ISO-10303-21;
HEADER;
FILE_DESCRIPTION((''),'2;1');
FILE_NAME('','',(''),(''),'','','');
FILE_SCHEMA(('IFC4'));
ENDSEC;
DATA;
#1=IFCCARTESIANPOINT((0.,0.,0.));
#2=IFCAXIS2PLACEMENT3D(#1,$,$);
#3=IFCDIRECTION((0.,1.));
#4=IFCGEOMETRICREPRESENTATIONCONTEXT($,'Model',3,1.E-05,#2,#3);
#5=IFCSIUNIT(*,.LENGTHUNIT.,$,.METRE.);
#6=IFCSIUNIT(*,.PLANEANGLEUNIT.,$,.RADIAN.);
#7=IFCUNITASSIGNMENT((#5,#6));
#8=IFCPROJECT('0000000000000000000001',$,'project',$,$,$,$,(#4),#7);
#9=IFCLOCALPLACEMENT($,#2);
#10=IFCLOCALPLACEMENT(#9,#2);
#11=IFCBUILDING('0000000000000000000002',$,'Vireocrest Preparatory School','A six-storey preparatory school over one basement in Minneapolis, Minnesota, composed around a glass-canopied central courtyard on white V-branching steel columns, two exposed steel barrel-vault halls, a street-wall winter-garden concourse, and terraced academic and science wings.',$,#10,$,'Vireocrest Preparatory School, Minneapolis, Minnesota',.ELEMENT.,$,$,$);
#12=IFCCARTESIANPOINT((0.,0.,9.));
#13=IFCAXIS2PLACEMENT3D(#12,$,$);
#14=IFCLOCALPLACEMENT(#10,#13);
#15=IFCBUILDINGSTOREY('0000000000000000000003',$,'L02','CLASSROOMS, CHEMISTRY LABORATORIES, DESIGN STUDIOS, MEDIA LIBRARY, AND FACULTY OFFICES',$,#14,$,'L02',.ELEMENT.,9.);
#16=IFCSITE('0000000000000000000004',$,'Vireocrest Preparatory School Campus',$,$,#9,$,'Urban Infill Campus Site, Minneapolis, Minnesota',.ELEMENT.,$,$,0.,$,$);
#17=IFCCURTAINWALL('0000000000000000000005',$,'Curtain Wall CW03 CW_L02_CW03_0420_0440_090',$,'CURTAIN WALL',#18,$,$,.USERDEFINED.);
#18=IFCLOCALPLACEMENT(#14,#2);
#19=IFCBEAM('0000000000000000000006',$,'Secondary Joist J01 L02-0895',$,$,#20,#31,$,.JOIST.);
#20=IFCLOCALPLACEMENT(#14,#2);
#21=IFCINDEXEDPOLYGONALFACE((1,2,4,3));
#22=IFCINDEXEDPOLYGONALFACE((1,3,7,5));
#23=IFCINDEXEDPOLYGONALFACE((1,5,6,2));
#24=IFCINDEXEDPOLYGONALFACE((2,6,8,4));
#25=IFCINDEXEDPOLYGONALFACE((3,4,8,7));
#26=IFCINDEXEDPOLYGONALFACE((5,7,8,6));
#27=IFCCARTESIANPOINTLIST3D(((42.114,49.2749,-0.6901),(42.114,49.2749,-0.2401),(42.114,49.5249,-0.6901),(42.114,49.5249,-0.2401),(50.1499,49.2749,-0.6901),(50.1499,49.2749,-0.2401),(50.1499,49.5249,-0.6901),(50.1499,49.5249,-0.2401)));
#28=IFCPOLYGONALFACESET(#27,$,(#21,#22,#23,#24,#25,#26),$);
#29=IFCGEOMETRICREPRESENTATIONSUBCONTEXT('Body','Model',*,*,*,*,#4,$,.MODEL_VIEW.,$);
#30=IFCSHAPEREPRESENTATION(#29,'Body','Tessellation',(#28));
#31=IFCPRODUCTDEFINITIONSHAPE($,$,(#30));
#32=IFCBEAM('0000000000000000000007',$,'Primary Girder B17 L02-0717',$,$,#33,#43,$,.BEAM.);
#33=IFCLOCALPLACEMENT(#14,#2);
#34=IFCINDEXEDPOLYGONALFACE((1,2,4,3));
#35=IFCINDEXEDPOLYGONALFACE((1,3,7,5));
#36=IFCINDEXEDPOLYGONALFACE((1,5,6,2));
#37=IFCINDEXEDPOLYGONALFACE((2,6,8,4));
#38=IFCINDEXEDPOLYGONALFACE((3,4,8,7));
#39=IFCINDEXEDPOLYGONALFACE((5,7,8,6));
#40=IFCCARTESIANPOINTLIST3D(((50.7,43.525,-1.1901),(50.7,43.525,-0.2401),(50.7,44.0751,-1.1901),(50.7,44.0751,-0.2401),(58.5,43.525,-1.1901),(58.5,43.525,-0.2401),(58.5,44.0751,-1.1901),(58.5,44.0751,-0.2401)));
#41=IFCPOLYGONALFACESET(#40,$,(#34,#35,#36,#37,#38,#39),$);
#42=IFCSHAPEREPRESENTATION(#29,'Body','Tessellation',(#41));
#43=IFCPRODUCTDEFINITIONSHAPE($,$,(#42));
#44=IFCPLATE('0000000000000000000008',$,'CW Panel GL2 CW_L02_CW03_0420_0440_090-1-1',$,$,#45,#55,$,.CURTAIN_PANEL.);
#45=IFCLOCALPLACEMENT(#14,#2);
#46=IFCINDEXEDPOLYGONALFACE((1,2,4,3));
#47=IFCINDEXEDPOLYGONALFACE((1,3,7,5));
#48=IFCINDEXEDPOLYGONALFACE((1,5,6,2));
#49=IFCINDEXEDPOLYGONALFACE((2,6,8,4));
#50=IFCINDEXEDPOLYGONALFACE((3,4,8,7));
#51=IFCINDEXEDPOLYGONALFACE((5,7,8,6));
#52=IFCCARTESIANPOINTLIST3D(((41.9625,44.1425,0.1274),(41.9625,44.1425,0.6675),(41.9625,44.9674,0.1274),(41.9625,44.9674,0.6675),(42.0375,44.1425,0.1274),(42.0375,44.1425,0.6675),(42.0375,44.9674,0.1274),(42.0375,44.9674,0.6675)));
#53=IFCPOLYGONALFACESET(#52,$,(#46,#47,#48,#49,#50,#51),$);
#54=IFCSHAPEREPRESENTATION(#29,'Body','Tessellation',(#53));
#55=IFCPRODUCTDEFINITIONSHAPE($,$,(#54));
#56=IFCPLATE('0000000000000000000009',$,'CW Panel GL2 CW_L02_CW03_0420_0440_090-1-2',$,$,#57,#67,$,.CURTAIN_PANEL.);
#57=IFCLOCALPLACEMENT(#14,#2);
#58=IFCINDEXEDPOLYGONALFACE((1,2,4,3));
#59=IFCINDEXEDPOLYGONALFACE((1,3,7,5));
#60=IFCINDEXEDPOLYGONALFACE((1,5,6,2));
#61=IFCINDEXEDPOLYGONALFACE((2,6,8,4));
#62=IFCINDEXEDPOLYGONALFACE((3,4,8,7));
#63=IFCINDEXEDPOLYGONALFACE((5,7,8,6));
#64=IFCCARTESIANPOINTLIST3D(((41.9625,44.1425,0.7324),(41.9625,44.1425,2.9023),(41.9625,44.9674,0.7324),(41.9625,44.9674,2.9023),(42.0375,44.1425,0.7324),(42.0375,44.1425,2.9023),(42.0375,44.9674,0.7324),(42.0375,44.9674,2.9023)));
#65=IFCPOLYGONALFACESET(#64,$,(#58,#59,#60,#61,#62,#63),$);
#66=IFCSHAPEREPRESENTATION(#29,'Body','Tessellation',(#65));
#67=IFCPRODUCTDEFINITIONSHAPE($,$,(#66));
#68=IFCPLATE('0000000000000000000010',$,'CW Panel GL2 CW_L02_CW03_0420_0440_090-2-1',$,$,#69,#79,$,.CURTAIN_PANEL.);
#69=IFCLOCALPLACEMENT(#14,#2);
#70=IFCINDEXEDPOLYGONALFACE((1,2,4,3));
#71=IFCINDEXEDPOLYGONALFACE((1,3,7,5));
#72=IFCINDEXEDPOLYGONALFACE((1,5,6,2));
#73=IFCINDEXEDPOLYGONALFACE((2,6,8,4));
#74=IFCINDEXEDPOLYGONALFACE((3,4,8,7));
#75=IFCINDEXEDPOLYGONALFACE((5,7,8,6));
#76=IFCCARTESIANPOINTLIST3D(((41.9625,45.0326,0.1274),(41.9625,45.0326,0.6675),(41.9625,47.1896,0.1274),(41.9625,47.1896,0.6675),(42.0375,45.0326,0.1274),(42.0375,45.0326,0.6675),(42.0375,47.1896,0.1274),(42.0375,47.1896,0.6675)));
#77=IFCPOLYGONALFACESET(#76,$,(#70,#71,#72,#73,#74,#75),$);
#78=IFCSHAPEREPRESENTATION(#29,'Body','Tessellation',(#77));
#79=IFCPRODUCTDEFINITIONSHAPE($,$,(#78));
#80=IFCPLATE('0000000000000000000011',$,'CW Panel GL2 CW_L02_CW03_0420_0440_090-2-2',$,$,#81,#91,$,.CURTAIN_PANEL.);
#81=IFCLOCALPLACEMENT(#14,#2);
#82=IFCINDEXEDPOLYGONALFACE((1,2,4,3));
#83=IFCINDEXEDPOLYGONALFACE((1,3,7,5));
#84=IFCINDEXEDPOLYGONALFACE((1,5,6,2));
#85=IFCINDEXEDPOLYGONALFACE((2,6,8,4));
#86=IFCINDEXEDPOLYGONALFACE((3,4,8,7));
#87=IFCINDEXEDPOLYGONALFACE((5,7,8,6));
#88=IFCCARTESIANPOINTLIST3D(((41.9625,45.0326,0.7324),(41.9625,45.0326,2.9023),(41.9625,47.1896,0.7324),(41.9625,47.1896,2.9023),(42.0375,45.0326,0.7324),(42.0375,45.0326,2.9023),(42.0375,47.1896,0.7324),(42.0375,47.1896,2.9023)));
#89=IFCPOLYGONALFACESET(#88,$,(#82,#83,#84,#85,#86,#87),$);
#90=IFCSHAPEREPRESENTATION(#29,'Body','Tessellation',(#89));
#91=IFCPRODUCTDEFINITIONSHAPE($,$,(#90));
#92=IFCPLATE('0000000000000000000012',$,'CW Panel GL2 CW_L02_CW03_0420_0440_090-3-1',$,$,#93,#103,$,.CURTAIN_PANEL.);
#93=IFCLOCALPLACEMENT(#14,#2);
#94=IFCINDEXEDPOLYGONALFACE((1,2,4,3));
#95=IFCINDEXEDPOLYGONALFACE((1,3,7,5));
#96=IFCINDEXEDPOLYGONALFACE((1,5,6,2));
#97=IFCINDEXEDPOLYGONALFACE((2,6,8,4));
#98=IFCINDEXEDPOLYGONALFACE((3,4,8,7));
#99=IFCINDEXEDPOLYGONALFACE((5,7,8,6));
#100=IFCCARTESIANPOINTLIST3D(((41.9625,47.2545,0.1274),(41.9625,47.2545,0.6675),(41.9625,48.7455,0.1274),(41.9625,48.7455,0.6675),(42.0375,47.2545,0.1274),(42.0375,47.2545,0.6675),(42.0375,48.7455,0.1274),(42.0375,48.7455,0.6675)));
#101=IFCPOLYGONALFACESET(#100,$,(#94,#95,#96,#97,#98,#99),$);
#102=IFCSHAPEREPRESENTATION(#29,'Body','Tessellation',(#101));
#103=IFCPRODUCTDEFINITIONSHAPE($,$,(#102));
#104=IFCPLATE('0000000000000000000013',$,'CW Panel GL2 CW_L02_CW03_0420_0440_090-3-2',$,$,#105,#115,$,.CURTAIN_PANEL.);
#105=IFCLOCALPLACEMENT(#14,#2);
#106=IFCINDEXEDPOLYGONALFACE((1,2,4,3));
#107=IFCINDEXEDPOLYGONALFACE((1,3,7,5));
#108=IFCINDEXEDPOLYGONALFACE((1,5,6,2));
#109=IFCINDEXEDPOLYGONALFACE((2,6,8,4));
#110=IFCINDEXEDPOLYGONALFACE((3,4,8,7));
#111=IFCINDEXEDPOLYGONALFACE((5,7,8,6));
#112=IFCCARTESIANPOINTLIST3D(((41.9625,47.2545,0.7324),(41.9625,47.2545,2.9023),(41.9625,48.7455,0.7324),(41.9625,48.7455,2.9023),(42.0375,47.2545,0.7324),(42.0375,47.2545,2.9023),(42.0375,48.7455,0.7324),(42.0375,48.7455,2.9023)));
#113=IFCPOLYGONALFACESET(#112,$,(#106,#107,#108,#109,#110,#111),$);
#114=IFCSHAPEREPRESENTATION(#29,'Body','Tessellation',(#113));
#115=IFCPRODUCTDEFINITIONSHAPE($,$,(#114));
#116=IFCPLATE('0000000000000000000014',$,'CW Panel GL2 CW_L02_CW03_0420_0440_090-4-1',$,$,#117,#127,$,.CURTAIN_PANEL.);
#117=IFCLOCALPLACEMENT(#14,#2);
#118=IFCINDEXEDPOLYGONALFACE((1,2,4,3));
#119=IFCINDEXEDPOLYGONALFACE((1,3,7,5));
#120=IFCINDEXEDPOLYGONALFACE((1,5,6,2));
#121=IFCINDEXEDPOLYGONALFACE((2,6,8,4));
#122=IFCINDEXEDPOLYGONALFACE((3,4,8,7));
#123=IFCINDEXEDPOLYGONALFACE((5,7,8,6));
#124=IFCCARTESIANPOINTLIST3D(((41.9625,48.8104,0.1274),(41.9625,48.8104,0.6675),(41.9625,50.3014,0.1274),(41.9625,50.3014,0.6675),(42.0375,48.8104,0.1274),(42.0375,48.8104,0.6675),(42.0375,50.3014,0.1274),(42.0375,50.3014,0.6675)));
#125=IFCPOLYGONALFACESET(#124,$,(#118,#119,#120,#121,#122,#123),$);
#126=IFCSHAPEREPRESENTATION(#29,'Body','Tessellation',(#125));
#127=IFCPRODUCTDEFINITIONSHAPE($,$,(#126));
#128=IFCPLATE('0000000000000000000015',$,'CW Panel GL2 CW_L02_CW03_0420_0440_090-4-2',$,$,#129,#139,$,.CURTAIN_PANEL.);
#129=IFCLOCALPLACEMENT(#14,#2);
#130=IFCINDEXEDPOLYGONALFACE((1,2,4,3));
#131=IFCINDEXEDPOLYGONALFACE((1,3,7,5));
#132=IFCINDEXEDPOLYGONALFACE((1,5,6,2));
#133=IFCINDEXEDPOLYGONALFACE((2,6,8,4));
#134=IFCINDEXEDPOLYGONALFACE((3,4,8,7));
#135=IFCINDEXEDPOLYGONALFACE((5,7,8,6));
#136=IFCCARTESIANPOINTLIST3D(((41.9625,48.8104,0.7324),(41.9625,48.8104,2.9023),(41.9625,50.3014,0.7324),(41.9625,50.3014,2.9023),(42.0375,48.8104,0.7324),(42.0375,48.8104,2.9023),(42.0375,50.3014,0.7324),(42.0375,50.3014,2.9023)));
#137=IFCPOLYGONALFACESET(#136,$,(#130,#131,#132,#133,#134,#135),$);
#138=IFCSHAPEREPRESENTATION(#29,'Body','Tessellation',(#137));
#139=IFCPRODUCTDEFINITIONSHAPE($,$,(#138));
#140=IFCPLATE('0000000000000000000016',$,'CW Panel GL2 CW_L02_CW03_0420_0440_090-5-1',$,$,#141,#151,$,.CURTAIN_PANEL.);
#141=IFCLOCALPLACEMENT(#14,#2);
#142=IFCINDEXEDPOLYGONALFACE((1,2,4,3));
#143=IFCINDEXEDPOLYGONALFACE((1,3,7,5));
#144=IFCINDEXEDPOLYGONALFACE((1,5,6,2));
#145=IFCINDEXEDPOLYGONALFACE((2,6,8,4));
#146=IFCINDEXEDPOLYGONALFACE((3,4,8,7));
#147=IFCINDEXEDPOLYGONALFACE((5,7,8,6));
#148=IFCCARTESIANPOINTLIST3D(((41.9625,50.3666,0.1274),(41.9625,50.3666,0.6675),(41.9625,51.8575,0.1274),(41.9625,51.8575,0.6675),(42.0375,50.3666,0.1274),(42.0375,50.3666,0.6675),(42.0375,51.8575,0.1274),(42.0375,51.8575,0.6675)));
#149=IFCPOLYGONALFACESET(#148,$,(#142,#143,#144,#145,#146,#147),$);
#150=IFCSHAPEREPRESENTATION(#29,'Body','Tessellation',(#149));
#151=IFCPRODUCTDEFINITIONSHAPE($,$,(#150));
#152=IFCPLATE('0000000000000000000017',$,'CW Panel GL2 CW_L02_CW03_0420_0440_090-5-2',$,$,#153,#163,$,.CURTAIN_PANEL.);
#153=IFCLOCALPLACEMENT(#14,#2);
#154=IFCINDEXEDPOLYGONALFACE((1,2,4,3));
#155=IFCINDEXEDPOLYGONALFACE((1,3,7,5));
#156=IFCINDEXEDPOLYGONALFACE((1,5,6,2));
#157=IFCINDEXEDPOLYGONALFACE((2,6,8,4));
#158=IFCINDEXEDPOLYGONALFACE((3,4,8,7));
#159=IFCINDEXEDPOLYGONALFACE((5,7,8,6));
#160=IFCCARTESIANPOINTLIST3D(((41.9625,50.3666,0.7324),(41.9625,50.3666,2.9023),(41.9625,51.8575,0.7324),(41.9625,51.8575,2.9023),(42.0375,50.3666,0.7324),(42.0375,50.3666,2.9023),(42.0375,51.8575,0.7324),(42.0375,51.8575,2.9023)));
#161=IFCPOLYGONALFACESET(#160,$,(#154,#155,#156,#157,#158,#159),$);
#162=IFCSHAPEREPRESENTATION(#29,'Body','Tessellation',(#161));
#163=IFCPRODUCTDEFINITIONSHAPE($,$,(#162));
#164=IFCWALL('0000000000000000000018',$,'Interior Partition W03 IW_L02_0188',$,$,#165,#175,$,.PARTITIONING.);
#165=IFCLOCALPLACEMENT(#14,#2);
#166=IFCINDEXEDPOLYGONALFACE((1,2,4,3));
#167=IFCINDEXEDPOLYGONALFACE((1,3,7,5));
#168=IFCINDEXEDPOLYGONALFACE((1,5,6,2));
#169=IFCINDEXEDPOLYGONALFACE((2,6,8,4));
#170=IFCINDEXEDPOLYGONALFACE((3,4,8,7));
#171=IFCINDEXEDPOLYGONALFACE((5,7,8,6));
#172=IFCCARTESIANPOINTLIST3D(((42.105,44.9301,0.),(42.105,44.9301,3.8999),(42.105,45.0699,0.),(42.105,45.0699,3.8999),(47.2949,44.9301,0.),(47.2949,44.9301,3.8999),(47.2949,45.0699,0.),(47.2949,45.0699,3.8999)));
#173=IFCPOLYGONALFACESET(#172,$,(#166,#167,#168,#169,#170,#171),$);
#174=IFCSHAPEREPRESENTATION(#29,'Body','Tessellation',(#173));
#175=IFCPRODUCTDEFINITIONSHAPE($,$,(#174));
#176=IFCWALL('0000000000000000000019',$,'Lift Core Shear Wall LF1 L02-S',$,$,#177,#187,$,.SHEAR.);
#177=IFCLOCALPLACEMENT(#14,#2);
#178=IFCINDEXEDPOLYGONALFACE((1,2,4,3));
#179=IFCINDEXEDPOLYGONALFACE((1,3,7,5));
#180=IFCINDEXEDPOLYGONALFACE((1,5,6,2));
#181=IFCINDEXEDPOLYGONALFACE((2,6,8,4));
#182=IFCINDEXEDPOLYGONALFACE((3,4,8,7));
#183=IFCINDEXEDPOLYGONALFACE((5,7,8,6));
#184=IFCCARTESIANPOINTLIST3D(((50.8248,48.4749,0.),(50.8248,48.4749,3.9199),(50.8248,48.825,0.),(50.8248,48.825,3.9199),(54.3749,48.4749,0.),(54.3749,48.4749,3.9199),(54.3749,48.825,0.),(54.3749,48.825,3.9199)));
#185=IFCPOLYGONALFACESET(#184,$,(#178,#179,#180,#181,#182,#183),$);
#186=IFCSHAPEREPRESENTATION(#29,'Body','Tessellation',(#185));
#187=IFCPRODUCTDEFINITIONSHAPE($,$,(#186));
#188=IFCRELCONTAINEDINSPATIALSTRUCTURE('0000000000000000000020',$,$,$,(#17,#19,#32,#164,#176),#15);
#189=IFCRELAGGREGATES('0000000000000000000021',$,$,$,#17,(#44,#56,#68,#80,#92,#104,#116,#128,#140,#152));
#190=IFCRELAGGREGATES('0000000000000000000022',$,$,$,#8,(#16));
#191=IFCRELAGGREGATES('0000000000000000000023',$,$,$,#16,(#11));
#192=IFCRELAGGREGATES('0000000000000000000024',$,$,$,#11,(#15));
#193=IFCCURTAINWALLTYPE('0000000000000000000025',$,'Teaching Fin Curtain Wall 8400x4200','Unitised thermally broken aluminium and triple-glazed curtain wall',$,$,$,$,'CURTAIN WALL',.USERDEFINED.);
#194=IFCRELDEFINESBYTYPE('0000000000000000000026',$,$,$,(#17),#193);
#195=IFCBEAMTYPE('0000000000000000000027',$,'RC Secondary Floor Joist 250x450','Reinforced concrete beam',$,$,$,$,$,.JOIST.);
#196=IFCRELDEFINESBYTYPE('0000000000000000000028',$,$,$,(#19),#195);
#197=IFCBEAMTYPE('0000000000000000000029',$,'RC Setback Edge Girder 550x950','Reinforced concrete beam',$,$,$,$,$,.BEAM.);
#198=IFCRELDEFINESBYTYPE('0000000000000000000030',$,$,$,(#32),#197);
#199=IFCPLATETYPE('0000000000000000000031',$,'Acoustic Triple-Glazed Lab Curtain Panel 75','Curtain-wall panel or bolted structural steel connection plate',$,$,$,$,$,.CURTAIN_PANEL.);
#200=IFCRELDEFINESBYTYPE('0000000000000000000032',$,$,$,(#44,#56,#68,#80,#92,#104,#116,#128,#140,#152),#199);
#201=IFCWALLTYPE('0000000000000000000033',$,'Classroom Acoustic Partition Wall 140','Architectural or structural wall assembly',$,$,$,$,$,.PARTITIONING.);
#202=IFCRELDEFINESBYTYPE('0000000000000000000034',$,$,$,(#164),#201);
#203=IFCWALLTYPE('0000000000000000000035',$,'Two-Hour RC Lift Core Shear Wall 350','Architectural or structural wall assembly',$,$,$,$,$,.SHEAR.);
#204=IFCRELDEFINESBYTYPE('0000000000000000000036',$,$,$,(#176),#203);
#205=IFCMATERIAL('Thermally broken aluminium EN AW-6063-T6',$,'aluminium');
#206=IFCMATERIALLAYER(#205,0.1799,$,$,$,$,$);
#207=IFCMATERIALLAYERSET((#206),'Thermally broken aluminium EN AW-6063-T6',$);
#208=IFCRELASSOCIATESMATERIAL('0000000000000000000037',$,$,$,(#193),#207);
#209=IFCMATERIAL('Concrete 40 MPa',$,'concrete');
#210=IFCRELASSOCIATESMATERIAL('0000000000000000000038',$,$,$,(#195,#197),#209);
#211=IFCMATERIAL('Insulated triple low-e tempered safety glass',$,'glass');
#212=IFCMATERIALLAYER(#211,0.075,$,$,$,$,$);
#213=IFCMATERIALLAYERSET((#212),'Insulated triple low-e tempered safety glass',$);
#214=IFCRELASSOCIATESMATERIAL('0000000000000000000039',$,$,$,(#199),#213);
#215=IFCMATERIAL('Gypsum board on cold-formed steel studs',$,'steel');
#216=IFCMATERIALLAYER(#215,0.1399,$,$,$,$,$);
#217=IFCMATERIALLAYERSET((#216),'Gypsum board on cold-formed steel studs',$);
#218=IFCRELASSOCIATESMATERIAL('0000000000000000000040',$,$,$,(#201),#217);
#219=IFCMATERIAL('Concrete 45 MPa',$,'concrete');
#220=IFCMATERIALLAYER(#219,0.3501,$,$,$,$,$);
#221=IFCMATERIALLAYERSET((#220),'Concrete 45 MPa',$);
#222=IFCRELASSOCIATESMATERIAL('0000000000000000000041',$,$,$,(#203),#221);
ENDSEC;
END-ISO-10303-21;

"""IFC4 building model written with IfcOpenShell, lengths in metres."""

from ifc_helpers import new_model, si_unit, direction, frame, frame_2d, origin, origin_2d, place, context, subcontext, project, spatial, rectangle, extrude, material, layer, layer_set, material_profile, profile_set, type_object, element, aggregate, save


model = new_model("IFC4")

# Units and contexts
model_context = context("Model", 3, precision=1e-05, world=origin(), true_north=direction((0.0, 1.0)))
body_context = subcontext(model_context, "Body", "Model", "MODEL_VIEW")
ifc_project = project(units=[si_unit("LENGTHUNIT", "METRE"), si_unit("PLANEANGLEUNIT", "RADIAN")], contexts=[model_context])

# Site, building, storey
site_placement = place(None, origin())
site = spatial("IfcSite", under=ifc_project, at=site_placement, Name="Vireocrest Preparatory School Campus", LongName="Urban Infill Campus Site, Minneapolis, Minnesota", CompositionType="ELEMENT", RefElevation=0.0)
building_placement = place(site_placement, origin())
building = spatial("IfcBuilding", under=site, at=building_placement, Name="Vireocrest Preparatory School", Description="A six-storey preparatory school over one basement in Minneapolis, Minnesota, composed around a glass-canopied central courtyard on white V-branching steel columns, two exposed steel barrel-vault halls, a street-wall winter-garden concourse, and terraced academic and science wings.", LongName="Vireocrest Preparatory School, Minneapolis, Minnesota", CompositionType="ELEMENT")
storey_placement = place(building_placement, frame((0.0, 0.0, 9.0)))
storey = spatial("IfcBuildingStorey", under=building, at=storey_placement, Name="L02", Description="CLASSROOMS, CHEMISTRY LABORATORIES, DESIGN STUDIOS, MEDIA LIBRARY, AND FACULTY OFFICES", LongName="L02", CompositionType="ELEMENT", Elevation=9.0)

# Shared definitions
ifc_material_1 = material(Name="Concrete 45 MPa", Category="concrete")

# Curtain wall
ifc_material_2 = material(Name="Thermally broken aluminium EN AW-6063-T6", Category="aluminium")
ifc_layer_1 = layer(ifc_material_2, 0.1799)
ifc_layer_set_1 = layer_set([ifc_layer_1], Name="Thermally broken aluminium EN AW-6063-T6")
curtain_wall_type = type_object("IfcCurtainWallType", Name="Teaching Fin Curtain Wall 8400x4200", Description="Unitised thermally broken aluminium and triple-glazed curtain wall", ElementType="CURTAIN WALL", PredefinedType="USERDEFINED", material=ifc_layer_set_1)
curtain_wall_placement = place(storey_placement, origin())
curtain_wall = element("IfcCurtainWall", 1, at=curtain_wall_placement, inside=storey, type_object=curtain_wall_type, Name="Curtain Wall CW03 CW_L02_CW03_0420_0440_090", ObjectType="CURTAIN WALL", PredefinedType="USERDEFINED")

# Beams
ifc_material_3 = material(Name="Concrete 40 MPa", Category="concrete")
ifc_material_profile_1 = material_profile(ifc_material_3, rectangle(XDim=0.25, YDim=0.45, at=origin_2d()), Name="RC 250x450")
ifc_profile_set_1 = profile_set([ifc_material_profile_1], Name="Concrete 40 MPa")
beam_type_1 = type_object("IfcBeamType", Name="RC Secondary Floor Joist 250x450", Description="Reinforced concrete beam", PredefinedType="JOIST", material=ifc_profile_set_1)
for number, where, z_axis, x_axis, name in (
    (2, (42.114, 49.3999, -0.4651), (1.0, 0.0, 0.0), (0.0, 1.0, 0.0), "Secondary Joist J01 L02-0895"),
):
    element("IfcBeam", number, at=place(storey_placement, frame(where, z_axis=z_axis, x_axis=x_axis)), inside=storey, type_object=beam_type_1, Name=name, PredefinedType="JOIST", context=body_context, shape_type="SweptSolid", body=[
        extrude(rectangle(XDim=0.25, YDim=0.45, at=origin_2d()), origin(), (0.0, 0.0, 1.0), 8.0359),
    ])
ifc_material_profile_2 = material_profile(ifc_material_3, rectangle(XDim=0.55, YDim=0.95, at=origin_2d()), Name="RC 550x950")
ifc_profile_set_2 = profile_set([ifc_material_profile_2], Name="Concrete 40 MPa")
beam_type_2 = type_object("IfcBeamType", Name="RC Setback Edge Girder 550x950", Description="Reinforced concrete beam", PredefinedType="BEAM", material=ifc_profile_set_2)
beam_1_placement = place(storey_placement, frame((50.7, 43.8, -0.7151), z_axis=(1.0, 0.0, 0.0), x_axis=(0.0, 1.0, 0.0)))
element("IfcBeam", 3, at=beam_1_placement, inside=storey, type_object=beam_type_2, Name="Primary Girder B17 L02-0717", PredefinedType="BEAM", context=body_context, shape_type="SweptSolid", body=[
    extrude(rectangle(XDim=0.55, YDim=0.95, at=origin_2d()), origin(), (0.0, 0.0, 1.0), 7.8),
])

# Plates
ifc_material_4 = material(Name="Insulated triple low-e tempered safety glass", Category="glass")
ifc_layer_2 = layer(ifc_material_4, 0.075)
ifc_layer_set_2 = layer_set([ifc_layer_2], Name="Insulated triple low-e tempered safety glass")
plate_type = type_object("IfcPlateType", Name="Acoustic Triple-Glazed Lab Curtain Panel 75", Description="Curtain-wall panel or bolted structural steel connection plate", PredefinedType="CURTAIN_PANEL", material=ifc_layer_set_2)
plate_1_placement = place(storey_placement, frame((42.0, 44.5549, 0.1274), z_axis=(0.0, 0.0, 1.0), x_axis=(0.0, 1.0, 0.0)))
plate_1 = element("IfcPlate", 4, at=plate_1_placement, type_object=plate_type, Name="CW Panel GL2 CW_L02_CW03_0420_0440_090-1-1", PredefinedType="CURTAIN_PANEL", context=body_context, shape_type="SweptSolid", body=[
    extrude(rectangle(XDim=0.825, YDim=0.075, at=origin_2d()), origin(), (0.0, 0.0, 1.0), 0.54),
])
plate_2_placement = place(storey_placement, frame((42.0, 44.5549, 0.7324), z_axis=(0.0, 0.0, 1.0), x_axis=(0.0, 1.0, 0.0)))
plate_2 = element("IfcPlate", 5, at=plate_2_placement, type_object=plate_type, Name="CW Panel GL2 CW_L02_CW03_0420_0440_090-1-2", PredefinedType="CURTAIN_PANEL", context=body_context, shape_type="SweptSolid", body=[
    extrude(rectangle(XDim=0.825, YDim=0.075, at=origin_2d()), origin(), (0.0, 0.0, 1.0), 2.1699),
])
plate_3_placement = place(storey_placement, frame((42.0, 46.1111, 0.1274), z_axis=(0.0, 0.0, 1.0), x_axis=(0.0, 1.0, 0.0)))
plate_3 = element("IfcPlate", 6, at=plate_3_placement, type_object=plate_type, Name="CW Panel GL2 CW_L02_CW03_0420_0440_090-2-1", PredefinedType="CURTAIN_PANEL", context=body_context, shape_type="SweptSolid", body=[
    extrude(rectangle(XDim=2.157, YDim=0.075, at=origin_2d()), origin(), (0.0, 0.0, 1.0), 0.54),
])
plate_4_placement = place(storey_placement, frame((42.0, 46.1111, 0.7324), z_axis=(0.0, 0.0, 1.0), x_axis=(0.0, 1.0, 0.0)))
plate_4 = element("IfcPlate", 7, at=plate_4_placement, type_object=plate_type, Name="CW Panel GL2 CW_L02_CW03_0420_0440_090-2-2", PredefinedType="CURTAIN_PANEL", context=body_context, shape_type="SweptSolid", body=[
    extrude(rectangle(XDim=2.157, YDim=0.075, at=origin_2d()), origin(), (0.0, 0.0, 1.0), 2.1699),
])
plate_5_placement = place(storey_placement, frame((42.0, 48.0, 0.1274), z_axis=(0.0, 0.0, 1.0), x_axis=(0.0, 1.0, 0.0)))
plate_5 = element("IfcPlate", 8, at=plate_5_placement, type_object=plate_type, Name="CW Panel GL2 CW_L02_CW03_0420_0440_090-3-1", PredefinedType="CURTAIN_PANEL", context=body_context, shape_type="SweptSolid", body=[
    extrude(rectangle(XDim=1.491, YDim=0.075, at=origin_2d()), origin(), (0.0, 0.0, 1.0), 0.54),
])
plate_6_placement = place(storey_placement, frame((42.0, 48.0, 0.7324), z_axis=(0.0, 0.0, 1.0), x_axis=(0.0, 1.0, 0.0)))
plate_6 = element("IfcPlate", 9, at=plate_6_placement, type_object=plate_type, Name="CW Panel GL2 CW_L02_CW03_0420_0440_090-3-2", PredefinedType="CURTAIN_PANEL", context=body_context, shape_type="SweptSolid", body=[
    extrude(rectangle(XDim=1.491, YDim=0.075, at=origin_2d()), origin(), (0.0, 0.0, 1.0), 2.1699),
])
plate_7_placement = place(storey_placement, frame((42.0, 49.5559, 0.1274), z_axis=(0.0, 0.0, 1.0), x_axis=(0.0, 1.0, 0.0)))
plate_7 = element("IfcPlate", 10, at=plate_7_placement, type_object=plate_type, Name="CW Panel GL2 CW_L02_CW03_0420_0440_090-4-1", PredefinedType="CURTAIN_PANEL", context=body_context, shape_type="SweptSolid", body=[
    extrude(rectangle(XDim=1.491, YDim=0.075, at=origin_2d()), origin(), (0.0, 0.0, 1.0), 0.54),
])
plate_8_placement = place(storey_placement, frame((42.0, 49.5559, 0.7324), z_axis=(0.0, 0.0, 1.0), x_axis=(0.0, 1.0, 0.0)))
plate_8 = element("IfcPlate", 11, at=plate_8_placement, type_object=plate_type, Name="CW Panel GL2 CW_L02_CW03_0420_0440_090-4-2", PredefinedType="CURTAIN_PANEL", context=body_context, shape_type="SweptSolid", body=[
    extrude(rectangle(XDim=1.491, YDim=0.075, at=origin_2d()), origin(), (0.0, 0.0, 1.0), 2.1699),
])
plate_9_placement = place(storey_placement, frame((42.0, 51.1121, 0.1274), z_axis=(0.0, 0.0, 1.0), x_axis=(0.0, 1.0, 0.0)))
plate_9 = element("IfcPlate", 12, at=plate_9_placement, type_object=plate_type, Name="CW Panel GL2 CW_L02_CW03_0420_0440_090-5-1", PredefinedType="CURTAIN_PANEL", context=body_context, shape_type="SweptSolid", body=[
    extrude(rectangle(XDim=1.491, YDim=0.075, at=origin_2d()), origin(), (0.0, 0.0, 1.0), 0.54),
])
plate_10_placement = place(storey_placement, frame((42.0, 51.1121, 0.7324), z_axis=(0.0, 0.0, 1.0), x_axis=(0.0, 1.0, 0.0)))
plate_10 = element("IfcPlate", 13, at=plate_10_placement, type_object=plate_type, Name="CW Panel GL2 CW_L02_CW03_0420_0440_090-5-2", PredefinedType="CURTAIN_PANEL", context=body_context, shape_type="SweptSolid", body=[
    extrude(rectangle(XDim=1.491, YDim=0.075, at=origin_2d()), origin(), (0.0, 0.0, 1.0), 2.1699),
])
aggregate(curtain_wall, [plate_1, plate_2, plate_3, plate_4, plate_5, plate_6, plate_7, plate_8, plate_9, plate_10])

# Walls
ifc_material_5 = material(Name="Gypsum board on cold-formed steel studs", Category="steel")
ifc_layer_3 = layer(ifc_material_5, 0.1399)
ifc_layer_set_3 = layer_set([ifc_layer_3], Name="Gypsum board on cold-formed steel studs")
wall_type_1 = type_object("IfcWallType", Name="Classroom Acoustic Partition Wall 140", Description="Architectural or structural wall assembly", PredefinedType="PARTITIONING", material=ifc_layer_set_3)
wall_1_placement = place(storey_placement, frame((42.105, 45.0, 0.0), z_axis=(0.0, 0.0, 1.0), x_axis=(1.0, 0.0, 0.0)))
element("IfcWall", 14, at=wall_1_placement, inside=storey, type_object=wall_type_1, Name="Interior Partition W03 IW_L02_0188", PredefinedType="PARTITIONING", context=body_context, shape_type="SweptSolid", body=[
    extrude(rectangle(XDim=5.1899, YDim=0.1399, at=frame_2d((2.595, 0.0))), origin(), (0.0, 0.0, 1.0), 3.8999),
])
ifc_layer_4 = layer(ifc_material_1, 0.3501)
ifc_layer_set_4 = layer_set([ifc_layer_4], Name="Concrete 45 MPa")
wall_type_2 = type_object("IfcWallType", Name="Two-Hour RC Lift Core Shear Wall 350", Description="Architectural or structural wall assembly", PredefinedType="SHEAR", material=ifc_layer_set_4)
for number, where, z_axis, x_axis, name in (
    (15, (50.825, 48.6499, 0.0), (0.0, 0.0, 1.0), (1.0, 0.0, 0.0), "Lift Core Shear Wall LF1 L02-S"),
):
    element("IfcWall", number, at=place(storey_placement, frame(where, z_axis=z_axis, x_axis=x_axis)), inside=storey, type_object=wall_type_2, Name=name, PredefinedType="SHEAR", context=body_context, shape_type="SweptSolid", body=[
        extrude(rectangle(XDim=3.55, YDim=0.3501, at=frame_2d((1.7749, 0.0))), origin(), (0.0, 0.0, 1.0), 3.9199),
    ])

save(model, "model.ifc")
